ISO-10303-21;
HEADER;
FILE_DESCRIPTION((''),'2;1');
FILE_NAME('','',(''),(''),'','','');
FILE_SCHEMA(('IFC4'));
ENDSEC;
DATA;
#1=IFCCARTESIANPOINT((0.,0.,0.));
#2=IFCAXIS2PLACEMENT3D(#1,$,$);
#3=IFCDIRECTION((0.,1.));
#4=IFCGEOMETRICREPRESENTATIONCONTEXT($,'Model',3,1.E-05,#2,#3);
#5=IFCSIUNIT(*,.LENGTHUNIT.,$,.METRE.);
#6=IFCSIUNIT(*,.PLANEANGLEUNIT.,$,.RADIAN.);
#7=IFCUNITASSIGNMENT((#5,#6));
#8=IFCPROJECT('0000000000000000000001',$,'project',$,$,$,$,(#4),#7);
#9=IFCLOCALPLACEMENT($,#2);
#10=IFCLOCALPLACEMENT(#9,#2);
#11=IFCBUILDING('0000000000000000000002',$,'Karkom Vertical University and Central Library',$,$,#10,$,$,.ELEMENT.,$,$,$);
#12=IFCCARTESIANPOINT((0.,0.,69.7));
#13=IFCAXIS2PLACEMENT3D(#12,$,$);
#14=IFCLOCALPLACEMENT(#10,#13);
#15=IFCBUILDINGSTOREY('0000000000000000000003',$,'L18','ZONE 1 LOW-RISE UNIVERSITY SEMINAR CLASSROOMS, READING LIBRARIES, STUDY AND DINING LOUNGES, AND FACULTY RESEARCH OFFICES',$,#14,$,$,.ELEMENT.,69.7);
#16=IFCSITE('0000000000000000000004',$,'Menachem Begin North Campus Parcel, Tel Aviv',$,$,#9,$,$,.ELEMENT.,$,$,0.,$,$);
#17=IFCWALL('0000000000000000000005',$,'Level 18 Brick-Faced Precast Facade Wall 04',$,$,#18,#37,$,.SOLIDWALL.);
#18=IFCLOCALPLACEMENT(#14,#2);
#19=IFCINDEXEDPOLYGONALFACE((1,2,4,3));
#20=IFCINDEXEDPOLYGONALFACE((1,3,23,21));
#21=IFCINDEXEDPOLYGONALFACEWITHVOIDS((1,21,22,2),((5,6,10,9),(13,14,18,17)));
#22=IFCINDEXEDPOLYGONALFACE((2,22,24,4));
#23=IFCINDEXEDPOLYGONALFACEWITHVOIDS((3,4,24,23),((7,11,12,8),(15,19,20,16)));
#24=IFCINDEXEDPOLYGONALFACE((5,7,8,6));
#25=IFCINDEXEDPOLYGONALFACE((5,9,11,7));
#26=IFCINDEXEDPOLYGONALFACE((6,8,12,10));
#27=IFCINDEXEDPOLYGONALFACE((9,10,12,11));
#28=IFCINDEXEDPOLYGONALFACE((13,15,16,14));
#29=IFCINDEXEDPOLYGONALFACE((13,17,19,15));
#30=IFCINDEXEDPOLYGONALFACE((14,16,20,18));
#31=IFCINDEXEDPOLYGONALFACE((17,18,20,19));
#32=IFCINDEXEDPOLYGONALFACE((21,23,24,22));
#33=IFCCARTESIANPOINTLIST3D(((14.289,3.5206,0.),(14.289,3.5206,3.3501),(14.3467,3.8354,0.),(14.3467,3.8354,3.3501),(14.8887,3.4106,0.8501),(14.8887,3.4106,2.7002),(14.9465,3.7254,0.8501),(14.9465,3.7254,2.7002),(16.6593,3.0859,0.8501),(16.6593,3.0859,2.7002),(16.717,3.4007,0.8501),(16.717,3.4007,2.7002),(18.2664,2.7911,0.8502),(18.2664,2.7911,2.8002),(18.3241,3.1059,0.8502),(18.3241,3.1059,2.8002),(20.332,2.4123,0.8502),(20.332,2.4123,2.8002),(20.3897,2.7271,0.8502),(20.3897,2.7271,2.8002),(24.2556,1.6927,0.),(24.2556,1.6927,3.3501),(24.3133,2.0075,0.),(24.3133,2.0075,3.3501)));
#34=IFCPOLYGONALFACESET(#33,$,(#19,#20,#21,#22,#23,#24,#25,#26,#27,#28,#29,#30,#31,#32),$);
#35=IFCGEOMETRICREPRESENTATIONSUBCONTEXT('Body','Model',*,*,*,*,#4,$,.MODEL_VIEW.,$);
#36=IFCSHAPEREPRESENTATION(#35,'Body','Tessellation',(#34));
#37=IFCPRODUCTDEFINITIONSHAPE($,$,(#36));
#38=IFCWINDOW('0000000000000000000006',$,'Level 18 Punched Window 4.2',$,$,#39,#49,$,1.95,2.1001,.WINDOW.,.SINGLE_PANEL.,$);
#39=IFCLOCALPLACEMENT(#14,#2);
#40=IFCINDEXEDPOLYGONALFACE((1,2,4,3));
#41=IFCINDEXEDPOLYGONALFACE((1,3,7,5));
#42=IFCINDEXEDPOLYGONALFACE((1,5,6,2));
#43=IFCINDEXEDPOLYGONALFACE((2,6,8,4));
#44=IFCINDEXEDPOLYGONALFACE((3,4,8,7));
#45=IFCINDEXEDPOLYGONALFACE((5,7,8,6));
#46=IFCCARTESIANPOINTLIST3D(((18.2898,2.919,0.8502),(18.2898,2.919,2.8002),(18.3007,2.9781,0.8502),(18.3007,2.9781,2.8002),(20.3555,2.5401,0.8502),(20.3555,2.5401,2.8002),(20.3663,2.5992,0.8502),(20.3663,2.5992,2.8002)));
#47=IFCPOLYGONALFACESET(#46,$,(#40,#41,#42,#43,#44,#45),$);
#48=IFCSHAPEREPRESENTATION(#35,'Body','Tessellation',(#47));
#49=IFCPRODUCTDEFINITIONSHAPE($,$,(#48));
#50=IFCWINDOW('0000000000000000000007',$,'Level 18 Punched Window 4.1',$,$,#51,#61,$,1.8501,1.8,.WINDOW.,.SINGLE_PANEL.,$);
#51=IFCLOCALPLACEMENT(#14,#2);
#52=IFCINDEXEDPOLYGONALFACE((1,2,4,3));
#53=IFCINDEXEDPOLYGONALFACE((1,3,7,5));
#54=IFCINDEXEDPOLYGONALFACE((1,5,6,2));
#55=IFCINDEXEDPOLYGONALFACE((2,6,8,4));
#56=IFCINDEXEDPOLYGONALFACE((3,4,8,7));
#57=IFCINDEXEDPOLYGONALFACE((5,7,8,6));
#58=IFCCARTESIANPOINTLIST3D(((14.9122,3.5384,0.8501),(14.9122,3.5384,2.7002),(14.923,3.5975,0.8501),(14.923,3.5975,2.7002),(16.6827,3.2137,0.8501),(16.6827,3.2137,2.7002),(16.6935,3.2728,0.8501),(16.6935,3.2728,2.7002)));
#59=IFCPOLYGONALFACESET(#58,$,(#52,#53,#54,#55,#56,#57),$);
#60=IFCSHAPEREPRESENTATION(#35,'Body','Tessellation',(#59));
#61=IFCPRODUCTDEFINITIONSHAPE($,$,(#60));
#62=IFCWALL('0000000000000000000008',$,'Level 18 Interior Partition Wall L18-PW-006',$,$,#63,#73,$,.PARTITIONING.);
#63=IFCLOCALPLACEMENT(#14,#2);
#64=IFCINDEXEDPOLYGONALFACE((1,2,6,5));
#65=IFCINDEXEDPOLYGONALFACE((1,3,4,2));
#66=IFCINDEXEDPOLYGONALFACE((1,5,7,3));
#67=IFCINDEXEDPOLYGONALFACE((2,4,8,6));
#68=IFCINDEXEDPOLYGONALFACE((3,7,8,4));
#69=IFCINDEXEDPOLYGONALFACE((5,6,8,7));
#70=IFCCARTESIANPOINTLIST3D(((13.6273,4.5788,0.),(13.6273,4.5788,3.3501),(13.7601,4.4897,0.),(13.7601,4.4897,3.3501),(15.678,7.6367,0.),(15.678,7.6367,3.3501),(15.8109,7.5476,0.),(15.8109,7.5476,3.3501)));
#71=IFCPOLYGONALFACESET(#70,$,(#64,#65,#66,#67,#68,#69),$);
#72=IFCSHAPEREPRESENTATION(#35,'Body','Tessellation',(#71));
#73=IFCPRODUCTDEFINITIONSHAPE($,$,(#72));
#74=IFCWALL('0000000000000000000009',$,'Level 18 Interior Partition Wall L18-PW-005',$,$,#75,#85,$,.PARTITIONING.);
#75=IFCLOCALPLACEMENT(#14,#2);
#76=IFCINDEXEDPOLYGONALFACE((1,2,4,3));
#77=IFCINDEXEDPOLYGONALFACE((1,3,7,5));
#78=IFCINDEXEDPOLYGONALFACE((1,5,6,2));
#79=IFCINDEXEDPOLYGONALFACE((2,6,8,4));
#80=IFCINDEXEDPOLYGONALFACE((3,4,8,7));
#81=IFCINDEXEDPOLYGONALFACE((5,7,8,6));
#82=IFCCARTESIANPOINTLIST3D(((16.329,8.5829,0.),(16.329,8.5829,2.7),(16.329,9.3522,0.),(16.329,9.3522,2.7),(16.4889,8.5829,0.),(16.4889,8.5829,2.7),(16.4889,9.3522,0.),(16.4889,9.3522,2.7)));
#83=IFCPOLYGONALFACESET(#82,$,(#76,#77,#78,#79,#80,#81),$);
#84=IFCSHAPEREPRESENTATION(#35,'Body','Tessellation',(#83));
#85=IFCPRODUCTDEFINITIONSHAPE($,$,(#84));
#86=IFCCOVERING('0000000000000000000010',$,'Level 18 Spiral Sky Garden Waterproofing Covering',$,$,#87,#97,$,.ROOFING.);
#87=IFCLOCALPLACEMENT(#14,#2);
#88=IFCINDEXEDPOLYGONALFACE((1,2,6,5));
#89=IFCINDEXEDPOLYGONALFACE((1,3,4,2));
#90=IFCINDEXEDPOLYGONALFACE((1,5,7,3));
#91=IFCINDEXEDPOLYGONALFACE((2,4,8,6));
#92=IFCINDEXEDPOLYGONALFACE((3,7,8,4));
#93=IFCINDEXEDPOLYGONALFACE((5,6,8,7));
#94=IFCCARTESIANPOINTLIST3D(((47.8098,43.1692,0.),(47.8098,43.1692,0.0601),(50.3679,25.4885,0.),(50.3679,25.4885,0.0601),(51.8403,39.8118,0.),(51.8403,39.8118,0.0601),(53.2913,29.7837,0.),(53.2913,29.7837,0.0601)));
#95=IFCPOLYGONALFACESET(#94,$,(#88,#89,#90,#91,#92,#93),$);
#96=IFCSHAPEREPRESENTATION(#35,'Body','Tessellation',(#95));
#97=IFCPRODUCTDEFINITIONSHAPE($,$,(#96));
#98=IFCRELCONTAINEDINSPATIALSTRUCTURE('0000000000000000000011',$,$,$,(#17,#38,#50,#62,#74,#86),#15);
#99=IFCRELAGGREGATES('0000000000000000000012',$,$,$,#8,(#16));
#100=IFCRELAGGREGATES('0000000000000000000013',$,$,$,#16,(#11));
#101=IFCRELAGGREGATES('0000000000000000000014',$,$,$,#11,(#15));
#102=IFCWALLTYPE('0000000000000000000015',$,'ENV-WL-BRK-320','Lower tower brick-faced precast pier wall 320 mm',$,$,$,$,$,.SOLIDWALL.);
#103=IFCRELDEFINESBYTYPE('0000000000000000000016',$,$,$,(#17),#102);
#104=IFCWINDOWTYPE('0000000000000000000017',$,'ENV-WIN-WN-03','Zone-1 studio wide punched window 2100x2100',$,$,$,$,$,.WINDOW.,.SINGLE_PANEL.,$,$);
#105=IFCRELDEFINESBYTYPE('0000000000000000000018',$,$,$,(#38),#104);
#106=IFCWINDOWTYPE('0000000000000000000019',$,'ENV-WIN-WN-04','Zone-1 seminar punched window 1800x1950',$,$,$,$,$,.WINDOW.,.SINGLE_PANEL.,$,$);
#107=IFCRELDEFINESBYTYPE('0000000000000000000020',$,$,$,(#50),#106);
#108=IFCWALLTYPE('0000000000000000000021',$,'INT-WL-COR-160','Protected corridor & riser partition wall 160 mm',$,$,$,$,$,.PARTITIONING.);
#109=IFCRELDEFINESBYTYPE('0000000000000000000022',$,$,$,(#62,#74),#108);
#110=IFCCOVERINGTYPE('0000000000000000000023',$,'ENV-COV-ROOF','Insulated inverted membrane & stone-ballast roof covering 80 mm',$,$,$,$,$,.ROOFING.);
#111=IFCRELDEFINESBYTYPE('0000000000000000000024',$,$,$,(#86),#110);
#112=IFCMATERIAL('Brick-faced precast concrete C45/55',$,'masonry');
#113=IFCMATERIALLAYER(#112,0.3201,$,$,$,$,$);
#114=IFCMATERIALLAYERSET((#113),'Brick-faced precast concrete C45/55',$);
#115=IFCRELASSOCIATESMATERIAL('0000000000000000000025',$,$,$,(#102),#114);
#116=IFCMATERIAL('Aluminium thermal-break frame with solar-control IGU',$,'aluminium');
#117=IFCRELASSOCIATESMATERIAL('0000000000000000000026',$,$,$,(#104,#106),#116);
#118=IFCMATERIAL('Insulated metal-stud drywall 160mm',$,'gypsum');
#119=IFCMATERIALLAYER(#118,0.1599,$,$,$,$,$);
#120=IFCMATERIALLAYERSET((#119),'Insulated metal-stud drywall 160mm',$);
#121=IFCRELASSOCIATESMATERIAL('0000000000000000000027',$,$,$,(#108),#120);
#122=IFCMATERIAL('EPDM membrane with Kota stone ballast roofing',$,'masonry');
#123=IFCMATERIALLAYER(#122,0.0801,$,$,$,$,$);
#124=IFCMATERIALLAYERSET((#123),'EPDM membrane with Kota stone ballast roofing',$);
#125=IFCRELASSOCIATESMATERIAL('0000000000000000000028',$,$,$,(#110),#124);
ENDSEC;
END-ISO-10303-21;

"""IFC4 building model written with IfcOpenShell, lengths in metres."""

from ifc_helpers import new_model, si_unit, direction, frame, frame_2d, origin, origin_with_axes, place, context, subcontext, project, spatial, polyline, rectangle, outline, extrude, source, transform, mapped, material, layer, layer_set, type_object, element, fill, save


model = new_model("IFC4")

# Units and contexts
model_context = context("Model", 3, precision=1e-05, world=origin(), true_north=direction((0.0, 1.0)))
body_context = subcontext(model_context, "Body", "Model", "MODEL_VIEW")
ifc_project = project(units=[si_unit("LENGTHUNIT", "METRE"), si_unit("PLANEANGLEUNIT", "RADIAN")], contexts=[model_context])

# Site, building, storey
site_placement = place(None, origin())
site = spatial("IfcSite", under=ifc_project, at=site_placement, Name="Menachem Begin North Campus Parcel, Tel Aviv", CompositionType="ELEMENT", RefElevation=0.0)
building_placement = place(site_placement, origin())
building = spatial("IfcBuilding", under=site, at=building_placement, Name="Karkom Vertical University and Central Library", CompositionType="ELEMENT")
storey_placement = place(building_placement, frame((0.0, 0.0, 69.7)))
storey = spatial("IfcBuildingStorey", under=building, at=storey_placement, Name="L18", Description="ZONE 1 LOW-RISE UNIVERSITY SEMINAR CLASSROOMS, READING LIBRARIES, STUDY AND DINING LOUNGES, AND FACULTY RESEARCH OFFICES", CompositionType="ELEMENT", Elevation=69.7)

# Wall, openings, windows
ifc_material_1 = material(Name="Brick-faced precast concrete C45/55", Category="masonry")
ifc_layer_1 = layer(ifc_material_1, 0.3201)
ifc_layer_set_1 = layer_set([ifc_layer_1], Name="Brick-faced precast concrete C45/55")
wall_type_1 = type_object("IfcWallType", Name="ENV-WL-BRK-320", Description="Lower tower brick-faced precast pier wall 320 mm", PredefinedType="SOLIDWALL", material=ifc_layer_set_1)
wall_1_placement = place(storey_placement, frame((14.3179, 3.678, 0.0), z_axis=(0.0, 0.0, 1.0), x_axis=(0.983595, -0.180393, 0.0)))
wall_1 = element("IfcWall", 1, at=wall_1_placement, inside=storey, type_object=wall_type_1, Name="Level 18 Brick-Faced Precast Facade Wall 04", PredefinedType="SOLIDWALL", context=body_context, shape_type="SweptSolid", body=[
    extrude(rectangle(XDim=10.1328, YDim=0.3201, at=frame_2d((5.0664, 0.0))), origin(), (0.0, 0.0, 1.0), 3.3501),
])
opening_1_placement = place(wall_1_placement, frame((0.6099, 0.0, 0.8501)))
opening_1 = element("IfcOpeningElement", 2, at=opening_1_placement, cuts=wall_1, PredefinedType="OPENING", context=body_context, shape_type="SweptSolid", body=[
    extrude(rectangle(XDim=1.8, YDim=1.8501, at=frame_2d((0.8999, 0.925))), frame((0.0, 0.1699, 0.0), z_axis=(0.0, -1.0, 0.0), x_axis=(1.0, 0.0, 0.0)), (0.0, 0.0, 1.0), 0.3401),
])
opening_2_placement = place(wall_1_placement, frame((4.0437, 0.0, 0.8501)))
opening_2 = element("IfcOpeningElement", 3, at=opening_2_placement, cuts=wall_1, PredefinedType="OPENING", context=body_context, shape_type="SweptSolid", body=[
    extrude(rectangle(XDim=2.1001, YDim=1.95, at=frame_2d((1.05, 0.9751))), frame((0.0, 0.1699, 0.0), z_axis=(0.0, -1.0, 0.0), x_axis=(1.0, 0.0, 0.0)), (0.0, 0.0, 1.0), 0.3401),
])
ifc_material_2 = material(Name="Aluminium thermal-break frame with solar-control IGU", Category="aluminium")
window_type_1 = type_object("IfcWindowType", Name="ENV-WIN-WN-03", Description="Zone-1 studio wide punched window 2100x2100", PartitioningType="SINGLE_PANEL", PredefinedType="WINDOW", material=ifc_material_2)
shared_shape_1 = source(origin_with_axes(), body_context, "Body", "SweptSolid", [
    extrude(rectangle(XDim=2.1001, YDim=1.95, at=frame_2d((1.05, 0.9751))), frame((0.0, 0.03, 0.0), z_axis=(0.0, -1.0, 0.0), x_axis=(1.0, 0.0, 0.0)), (0.0, 0.0, 1.0), 0.0601),
])
window_1_placement = place(opening_2_placement, origin())
window_1 = element("IfcWindow", 4, at=window_1_placement, inside=storey, type_object=window_type_1, Name="Level 18 Punched Window 4.2", OverallHeight=1.95, OverallWidth=2.1001, PartitioningType="SINGLE_PANEL", PredefinedType="WINDOW", context=body_context, shape_type="MappedRepresentation", body=[
    mapped(shared_shape_1, transform((0.0, 0.0, 0.0), scale=1.0)),
])
fill(opening_2, window_1)
window_type_2 = type_object("IfcWindowType", Name="ENV-WIN-WN-04", Description="Zone-1 seminar punched window 1800x1950", PartitioningType="SINGLE_PANEL", PredefinedType="WINDOW", material=ifc_material_2)
shared_shape_2 = source(origin_with_axes(), body_context, "Body", "SweptSolid", [
    extrude(rectangle(XDim=1.8, YDim=1.8501, at=frame_2d((0.8999, 0.925))), frame((0.0, 0.03, 0.0), z_axis=(0.0, -1.0, 0.0), x_axis=(1.0, 0.0, 0.0)), (0.0, 0.0, 1.0), 0.0601),
])
window_2_placement = place(opening_1_placement, origin())
window_2 = element("IfcWindow", 5, at=window_2_placement, inside=storey, type_object=window_type_2, Name="Level 18 Punched Window 4.1", OverallHeight=1.8501, OverallWidth=1.8, PartitioningType="SINGLE_PANEL", PredefinedType="WINDOW", context=body_context, shape_type="MappedRepresentation", body=[
    mapped(shared_shape_2, transform((0.0, 0.0, 0.0), scale=1.0)),
])
fill(opening_1, window_2)

# Walls
ifc_material_3 = material(Name="Insulated metal-stud drywall 160mm", Category="gypsum")
ifc_layer_2 = layer(ifc_material_3, 0.1599)
ifc_layer_set_2 = layer_set([ifc_layer_2], Name="Insulated metal-stud drywall 160mm")
wall_type_2 = type_object("IfcWallType", Name="INT-WL-COR-160", Description="Protected corridor & riser partition wall 160 mm", PredefinedType="PARTITIONING", material=ifc_layer_set_2)
wall_2_placement = place(storey_placement, frame((15.7444, 7.592, 0.0), z_axis=(0.0, 0.0, 1.0), x_axis=(-0.556993, -0.830517, 0.0)))
element("IfcWall", 6, at=wall_2_placement, inside=storey, type_object=wall_type_2, Name="Level 18 Interior Partition Wall L18-PW-006", PredefinedType="PARTITIONING", context=body_context, shape_type="SweptSolid", body=[
    extrude(rectangle(XDim=3.6819, YDim=0.1599, at=frame_2d((1.8408, 0.0))), origin(), (0.0, 0.0, 1.0), 3.3501),
])
wall_3_placement = place(storey_placement, frame((16.4089, 8.5828, 0.0), z_axis=(0.0, 0.0, 1.0), x_axis=(0.0, 1.0, 0.0)))
element("IfcWall", 7, at=wall_3_placement, inside=storey, type_object=wall_type_2, Name="Level 18 Interior Partition Wall L18-PW-005", PredefinedType="PARTITIONING", context=body_context, shape_type="SweptSolid", body=[
    extrude(rectangle(XDim=0.7693, YDim=0.1599, at=frame_2d((0.3848, 0.0))), origin(), (0.0, 0.0, 1.0), 2.7),
])

# Covering
ifc_material_4 = material(Name="EPDM membrane with Kota stone ballast roofing", Category="masonry")
ifc_layer_3 = layer(ifc_material_4, 0.0801)
ifc_layer_set_3 = layer_set([ifc_layer_3], Name="EPDM membrane with Kota stone ballast roofing")
covering_type = type_object("IfcCoveringType", Name="ENV-COV-ROOF", Description="Insulated inverted membrane & stone-ballast roof covering 80 mm", PredefinedType="ROOFING", material=ifc_layer_set_3)
covering_placement = place(storey_placement, origin())
element("IfcCovering", 8, at=covering_placement, inside=storey, type_object=covering_type, Name="Level 18 Spiral Sky Garden Waterproofing Covering", PredefinedType="ROOFING", context=body_context, shape_type="SweptSolid", body=[
    extrude(outline(polyline([(51.8403, 39.8118), (53.2913, 29.7837), (50.3679, 25.4885), (47.8098, 43.1692), (51.8403, 39.8118)])), origin(), (0.0, 0.0, 1.0), 0.0601),
])

save(model, "model.ifc")
